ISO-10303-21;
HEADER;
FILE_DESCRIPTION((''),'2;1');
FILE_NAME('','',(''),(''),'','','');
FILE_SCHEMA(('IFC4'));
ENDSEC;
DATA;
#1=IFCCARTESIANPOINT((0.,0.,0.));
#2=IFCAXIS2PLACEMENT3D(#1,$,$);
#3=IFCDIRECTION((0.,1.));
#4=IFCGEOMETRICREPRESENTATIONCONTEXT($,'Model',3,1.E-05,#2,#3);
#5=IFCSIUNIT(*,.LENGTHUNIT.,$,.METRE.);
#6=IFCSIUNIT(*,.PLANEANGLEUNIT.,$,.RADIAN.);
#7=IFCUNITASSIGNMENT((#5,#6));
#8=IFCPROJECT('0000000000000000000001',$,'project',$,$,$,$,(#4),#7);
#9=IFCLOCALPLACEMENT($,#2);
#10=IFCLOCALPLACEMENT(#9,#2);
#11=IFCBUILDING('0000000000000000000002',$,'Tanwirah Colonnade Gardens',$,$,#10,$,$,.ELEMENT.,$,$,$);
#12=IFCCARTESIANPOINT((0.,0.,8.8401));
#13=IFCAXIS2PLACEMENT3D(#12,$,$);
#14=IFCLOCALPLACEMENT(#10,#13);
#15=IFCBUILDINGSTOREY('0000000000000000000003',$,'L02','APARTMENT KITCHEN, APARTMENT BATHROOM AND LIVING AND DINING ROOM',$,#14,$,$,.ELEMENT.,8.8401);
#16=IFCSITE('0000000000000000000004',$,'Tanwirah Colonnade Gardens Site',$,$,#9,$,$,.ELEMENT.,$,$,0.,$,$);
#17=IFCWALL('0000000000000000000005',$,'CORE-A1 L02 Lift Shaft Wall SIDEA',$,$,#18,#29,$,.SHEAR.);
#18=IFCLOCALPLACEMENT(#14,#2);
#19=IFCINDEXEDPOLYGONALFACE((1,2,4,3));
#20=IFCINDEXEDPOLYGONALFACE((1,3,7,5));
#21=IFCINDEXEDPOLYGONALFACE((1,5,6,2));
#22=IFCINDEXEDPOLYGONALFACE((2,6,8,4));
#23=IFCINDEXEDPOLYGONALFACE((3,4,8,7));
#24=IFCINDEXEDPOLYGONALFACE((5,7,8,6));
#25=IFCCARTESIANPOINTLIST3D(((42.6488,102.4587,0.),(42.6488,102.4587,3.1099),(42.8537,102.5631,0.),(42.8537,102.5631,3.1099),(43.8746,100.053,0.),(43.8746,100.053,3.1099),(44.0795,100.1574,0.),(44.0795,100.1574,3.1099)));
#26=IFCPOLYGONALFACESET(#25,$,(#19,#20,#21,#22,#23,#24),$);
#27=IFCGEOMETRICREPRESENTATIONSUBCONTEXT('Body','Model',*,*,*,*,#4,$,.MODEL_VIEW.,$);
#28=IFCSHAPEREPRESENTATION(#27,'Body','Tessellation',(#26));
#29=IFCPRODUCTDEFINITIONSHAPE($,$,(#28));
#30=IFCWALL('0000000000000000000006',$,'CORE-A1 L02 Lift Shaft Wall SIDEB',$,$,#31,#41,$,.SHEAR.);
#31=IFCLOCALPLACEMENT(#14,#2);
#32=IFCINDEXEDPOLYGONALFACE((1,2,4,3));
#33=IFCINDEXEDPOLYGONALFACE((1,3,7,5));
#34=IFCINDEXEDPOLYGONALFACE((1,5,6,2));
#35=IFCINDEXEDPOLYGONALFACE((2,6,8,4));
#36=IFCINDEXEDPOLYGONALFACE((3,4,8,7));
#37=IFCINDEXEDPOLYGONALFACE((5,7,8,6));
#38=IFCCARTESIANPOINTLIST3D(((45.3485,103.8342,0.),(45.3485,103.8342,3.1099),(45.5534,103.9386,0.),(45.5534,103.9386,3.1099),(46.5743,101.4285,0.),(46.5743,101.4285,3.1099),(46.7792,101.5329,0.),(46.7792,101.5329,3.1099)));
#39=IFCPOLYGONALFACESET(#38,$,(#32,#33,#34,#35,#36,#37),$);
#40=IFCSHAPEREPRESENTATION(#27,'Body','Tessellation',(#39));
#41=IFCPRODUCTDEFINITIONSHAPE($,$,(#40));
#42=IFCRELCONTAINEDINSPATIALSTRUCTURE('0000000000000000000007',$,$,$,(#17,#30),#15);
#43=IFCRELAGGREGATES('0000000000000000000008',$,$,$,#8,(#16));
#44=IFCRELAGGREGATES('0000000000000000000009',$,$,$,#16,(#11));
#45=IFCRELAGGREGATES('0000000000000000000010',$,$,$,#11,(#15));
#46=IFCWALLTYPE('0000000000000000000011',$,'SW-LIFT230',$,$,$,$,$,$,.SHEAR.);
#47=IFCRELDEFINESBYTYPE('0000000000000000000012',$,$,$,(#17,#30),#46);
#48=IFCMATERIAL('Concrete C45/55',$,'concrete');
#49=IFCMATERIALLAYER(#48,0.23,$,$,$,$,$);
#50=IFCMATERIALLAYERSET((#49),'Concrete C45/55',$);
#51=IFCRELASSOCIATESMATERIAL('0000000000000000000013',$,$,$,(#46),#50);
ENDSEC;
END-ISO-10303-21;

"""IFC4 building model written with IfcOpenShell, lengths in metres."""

from ifc_helpers import new_model, si_unit, direction, frame, frame_2d, origin, place, context, subcontext, project, spatial, rectangle, extrude, material, layer, layer_set, type_object, element, save


model = new_model("IFC4")

# Units and contexts
model_context = context("Model", 3, precision=1e-05, world=origin(), true_north=direction((0.0, 1.0)))
body_context = subcontext(model_context, "Body", "Model", "MODEL_VIEW")
ifc_project = project(units=[si_unit("LENGTHUNIT", "METRE"), si_unit("PLANEANGLEUNIT", "RADIAN")], contexts=[model_context])

# Site, building, storey
site_placement = place(None, origin())
site = spatial("IfcSite", under=ifc_project, at=site_placement, Name="Tanwirah Colonnade Gardens Site", CompositionType="ELEMENT", RefElevation=0.0)
building_placement = place(site_placement, origin())
building = spatial("IfcBuilding", under=site, at=building_placement, Name="Tanwirah Colonnade Gardens", CompositionType="ELEMENT")
storey_placement = place(building_placement, frame((0.0, 0.0, 8.8401)))
storey = spatial("IfcBuildingStorey", under=building, at=storey_placement, Name="L02", Description="APARTMENT KITCHEN, APARTMENT BATHROOM AND LIVING AND DINING ROOM", CompositionType="ELEMENT", Elevation=8.8401)

# Shared definitions
ifc_material_1 = material(Name="Concrete C45/55", Category="concrete")
ifc_layer_1 = layer(ifc_material_1, 0.23)
ifc_layer_set_1 = layer_set([ifc_layer_1], Name="Concrete C45/55")
wall_type_1 = type_object("IfcWallType", Name="SW-LIFT230", PredefinedType="SHEAR", material=ifc_layer_set_1)

# Walls
for number, where, z_axis, x_axis, name in (
    (1, (42.7512, 102.511, 0.0), (0.0, 0.0, 1.0), (0.454, -0.891002, 0.0), "CORE-A1 L02 Lift Shaft Wall SIDEA"),
    (2, (45.4509, 103.8865, 0.0), (0.0, 0.0, 1.0), (0.454, -0.891002, 0.0), "CORE-A1 L02 Lift Shaft Wall SIDEB"),
):
    element("IfcWall", number, at=place(storey_placement, frame(where, z_axis=z_axis, x_axis=x_axis)), inside=storey, type_object=wall_type_1, Name=name, PredefinedType="SHEAR", context=body_context, shape_type="SweptSolid", body=[
        extrude(rectangle(XDim=2.7, YDim=0.23, at=frame_2d((1.3501, 0.0))), origin(), (0.0, 0.0, 1.0), 3.1099),
    ])

save(model, "model.ifc")
